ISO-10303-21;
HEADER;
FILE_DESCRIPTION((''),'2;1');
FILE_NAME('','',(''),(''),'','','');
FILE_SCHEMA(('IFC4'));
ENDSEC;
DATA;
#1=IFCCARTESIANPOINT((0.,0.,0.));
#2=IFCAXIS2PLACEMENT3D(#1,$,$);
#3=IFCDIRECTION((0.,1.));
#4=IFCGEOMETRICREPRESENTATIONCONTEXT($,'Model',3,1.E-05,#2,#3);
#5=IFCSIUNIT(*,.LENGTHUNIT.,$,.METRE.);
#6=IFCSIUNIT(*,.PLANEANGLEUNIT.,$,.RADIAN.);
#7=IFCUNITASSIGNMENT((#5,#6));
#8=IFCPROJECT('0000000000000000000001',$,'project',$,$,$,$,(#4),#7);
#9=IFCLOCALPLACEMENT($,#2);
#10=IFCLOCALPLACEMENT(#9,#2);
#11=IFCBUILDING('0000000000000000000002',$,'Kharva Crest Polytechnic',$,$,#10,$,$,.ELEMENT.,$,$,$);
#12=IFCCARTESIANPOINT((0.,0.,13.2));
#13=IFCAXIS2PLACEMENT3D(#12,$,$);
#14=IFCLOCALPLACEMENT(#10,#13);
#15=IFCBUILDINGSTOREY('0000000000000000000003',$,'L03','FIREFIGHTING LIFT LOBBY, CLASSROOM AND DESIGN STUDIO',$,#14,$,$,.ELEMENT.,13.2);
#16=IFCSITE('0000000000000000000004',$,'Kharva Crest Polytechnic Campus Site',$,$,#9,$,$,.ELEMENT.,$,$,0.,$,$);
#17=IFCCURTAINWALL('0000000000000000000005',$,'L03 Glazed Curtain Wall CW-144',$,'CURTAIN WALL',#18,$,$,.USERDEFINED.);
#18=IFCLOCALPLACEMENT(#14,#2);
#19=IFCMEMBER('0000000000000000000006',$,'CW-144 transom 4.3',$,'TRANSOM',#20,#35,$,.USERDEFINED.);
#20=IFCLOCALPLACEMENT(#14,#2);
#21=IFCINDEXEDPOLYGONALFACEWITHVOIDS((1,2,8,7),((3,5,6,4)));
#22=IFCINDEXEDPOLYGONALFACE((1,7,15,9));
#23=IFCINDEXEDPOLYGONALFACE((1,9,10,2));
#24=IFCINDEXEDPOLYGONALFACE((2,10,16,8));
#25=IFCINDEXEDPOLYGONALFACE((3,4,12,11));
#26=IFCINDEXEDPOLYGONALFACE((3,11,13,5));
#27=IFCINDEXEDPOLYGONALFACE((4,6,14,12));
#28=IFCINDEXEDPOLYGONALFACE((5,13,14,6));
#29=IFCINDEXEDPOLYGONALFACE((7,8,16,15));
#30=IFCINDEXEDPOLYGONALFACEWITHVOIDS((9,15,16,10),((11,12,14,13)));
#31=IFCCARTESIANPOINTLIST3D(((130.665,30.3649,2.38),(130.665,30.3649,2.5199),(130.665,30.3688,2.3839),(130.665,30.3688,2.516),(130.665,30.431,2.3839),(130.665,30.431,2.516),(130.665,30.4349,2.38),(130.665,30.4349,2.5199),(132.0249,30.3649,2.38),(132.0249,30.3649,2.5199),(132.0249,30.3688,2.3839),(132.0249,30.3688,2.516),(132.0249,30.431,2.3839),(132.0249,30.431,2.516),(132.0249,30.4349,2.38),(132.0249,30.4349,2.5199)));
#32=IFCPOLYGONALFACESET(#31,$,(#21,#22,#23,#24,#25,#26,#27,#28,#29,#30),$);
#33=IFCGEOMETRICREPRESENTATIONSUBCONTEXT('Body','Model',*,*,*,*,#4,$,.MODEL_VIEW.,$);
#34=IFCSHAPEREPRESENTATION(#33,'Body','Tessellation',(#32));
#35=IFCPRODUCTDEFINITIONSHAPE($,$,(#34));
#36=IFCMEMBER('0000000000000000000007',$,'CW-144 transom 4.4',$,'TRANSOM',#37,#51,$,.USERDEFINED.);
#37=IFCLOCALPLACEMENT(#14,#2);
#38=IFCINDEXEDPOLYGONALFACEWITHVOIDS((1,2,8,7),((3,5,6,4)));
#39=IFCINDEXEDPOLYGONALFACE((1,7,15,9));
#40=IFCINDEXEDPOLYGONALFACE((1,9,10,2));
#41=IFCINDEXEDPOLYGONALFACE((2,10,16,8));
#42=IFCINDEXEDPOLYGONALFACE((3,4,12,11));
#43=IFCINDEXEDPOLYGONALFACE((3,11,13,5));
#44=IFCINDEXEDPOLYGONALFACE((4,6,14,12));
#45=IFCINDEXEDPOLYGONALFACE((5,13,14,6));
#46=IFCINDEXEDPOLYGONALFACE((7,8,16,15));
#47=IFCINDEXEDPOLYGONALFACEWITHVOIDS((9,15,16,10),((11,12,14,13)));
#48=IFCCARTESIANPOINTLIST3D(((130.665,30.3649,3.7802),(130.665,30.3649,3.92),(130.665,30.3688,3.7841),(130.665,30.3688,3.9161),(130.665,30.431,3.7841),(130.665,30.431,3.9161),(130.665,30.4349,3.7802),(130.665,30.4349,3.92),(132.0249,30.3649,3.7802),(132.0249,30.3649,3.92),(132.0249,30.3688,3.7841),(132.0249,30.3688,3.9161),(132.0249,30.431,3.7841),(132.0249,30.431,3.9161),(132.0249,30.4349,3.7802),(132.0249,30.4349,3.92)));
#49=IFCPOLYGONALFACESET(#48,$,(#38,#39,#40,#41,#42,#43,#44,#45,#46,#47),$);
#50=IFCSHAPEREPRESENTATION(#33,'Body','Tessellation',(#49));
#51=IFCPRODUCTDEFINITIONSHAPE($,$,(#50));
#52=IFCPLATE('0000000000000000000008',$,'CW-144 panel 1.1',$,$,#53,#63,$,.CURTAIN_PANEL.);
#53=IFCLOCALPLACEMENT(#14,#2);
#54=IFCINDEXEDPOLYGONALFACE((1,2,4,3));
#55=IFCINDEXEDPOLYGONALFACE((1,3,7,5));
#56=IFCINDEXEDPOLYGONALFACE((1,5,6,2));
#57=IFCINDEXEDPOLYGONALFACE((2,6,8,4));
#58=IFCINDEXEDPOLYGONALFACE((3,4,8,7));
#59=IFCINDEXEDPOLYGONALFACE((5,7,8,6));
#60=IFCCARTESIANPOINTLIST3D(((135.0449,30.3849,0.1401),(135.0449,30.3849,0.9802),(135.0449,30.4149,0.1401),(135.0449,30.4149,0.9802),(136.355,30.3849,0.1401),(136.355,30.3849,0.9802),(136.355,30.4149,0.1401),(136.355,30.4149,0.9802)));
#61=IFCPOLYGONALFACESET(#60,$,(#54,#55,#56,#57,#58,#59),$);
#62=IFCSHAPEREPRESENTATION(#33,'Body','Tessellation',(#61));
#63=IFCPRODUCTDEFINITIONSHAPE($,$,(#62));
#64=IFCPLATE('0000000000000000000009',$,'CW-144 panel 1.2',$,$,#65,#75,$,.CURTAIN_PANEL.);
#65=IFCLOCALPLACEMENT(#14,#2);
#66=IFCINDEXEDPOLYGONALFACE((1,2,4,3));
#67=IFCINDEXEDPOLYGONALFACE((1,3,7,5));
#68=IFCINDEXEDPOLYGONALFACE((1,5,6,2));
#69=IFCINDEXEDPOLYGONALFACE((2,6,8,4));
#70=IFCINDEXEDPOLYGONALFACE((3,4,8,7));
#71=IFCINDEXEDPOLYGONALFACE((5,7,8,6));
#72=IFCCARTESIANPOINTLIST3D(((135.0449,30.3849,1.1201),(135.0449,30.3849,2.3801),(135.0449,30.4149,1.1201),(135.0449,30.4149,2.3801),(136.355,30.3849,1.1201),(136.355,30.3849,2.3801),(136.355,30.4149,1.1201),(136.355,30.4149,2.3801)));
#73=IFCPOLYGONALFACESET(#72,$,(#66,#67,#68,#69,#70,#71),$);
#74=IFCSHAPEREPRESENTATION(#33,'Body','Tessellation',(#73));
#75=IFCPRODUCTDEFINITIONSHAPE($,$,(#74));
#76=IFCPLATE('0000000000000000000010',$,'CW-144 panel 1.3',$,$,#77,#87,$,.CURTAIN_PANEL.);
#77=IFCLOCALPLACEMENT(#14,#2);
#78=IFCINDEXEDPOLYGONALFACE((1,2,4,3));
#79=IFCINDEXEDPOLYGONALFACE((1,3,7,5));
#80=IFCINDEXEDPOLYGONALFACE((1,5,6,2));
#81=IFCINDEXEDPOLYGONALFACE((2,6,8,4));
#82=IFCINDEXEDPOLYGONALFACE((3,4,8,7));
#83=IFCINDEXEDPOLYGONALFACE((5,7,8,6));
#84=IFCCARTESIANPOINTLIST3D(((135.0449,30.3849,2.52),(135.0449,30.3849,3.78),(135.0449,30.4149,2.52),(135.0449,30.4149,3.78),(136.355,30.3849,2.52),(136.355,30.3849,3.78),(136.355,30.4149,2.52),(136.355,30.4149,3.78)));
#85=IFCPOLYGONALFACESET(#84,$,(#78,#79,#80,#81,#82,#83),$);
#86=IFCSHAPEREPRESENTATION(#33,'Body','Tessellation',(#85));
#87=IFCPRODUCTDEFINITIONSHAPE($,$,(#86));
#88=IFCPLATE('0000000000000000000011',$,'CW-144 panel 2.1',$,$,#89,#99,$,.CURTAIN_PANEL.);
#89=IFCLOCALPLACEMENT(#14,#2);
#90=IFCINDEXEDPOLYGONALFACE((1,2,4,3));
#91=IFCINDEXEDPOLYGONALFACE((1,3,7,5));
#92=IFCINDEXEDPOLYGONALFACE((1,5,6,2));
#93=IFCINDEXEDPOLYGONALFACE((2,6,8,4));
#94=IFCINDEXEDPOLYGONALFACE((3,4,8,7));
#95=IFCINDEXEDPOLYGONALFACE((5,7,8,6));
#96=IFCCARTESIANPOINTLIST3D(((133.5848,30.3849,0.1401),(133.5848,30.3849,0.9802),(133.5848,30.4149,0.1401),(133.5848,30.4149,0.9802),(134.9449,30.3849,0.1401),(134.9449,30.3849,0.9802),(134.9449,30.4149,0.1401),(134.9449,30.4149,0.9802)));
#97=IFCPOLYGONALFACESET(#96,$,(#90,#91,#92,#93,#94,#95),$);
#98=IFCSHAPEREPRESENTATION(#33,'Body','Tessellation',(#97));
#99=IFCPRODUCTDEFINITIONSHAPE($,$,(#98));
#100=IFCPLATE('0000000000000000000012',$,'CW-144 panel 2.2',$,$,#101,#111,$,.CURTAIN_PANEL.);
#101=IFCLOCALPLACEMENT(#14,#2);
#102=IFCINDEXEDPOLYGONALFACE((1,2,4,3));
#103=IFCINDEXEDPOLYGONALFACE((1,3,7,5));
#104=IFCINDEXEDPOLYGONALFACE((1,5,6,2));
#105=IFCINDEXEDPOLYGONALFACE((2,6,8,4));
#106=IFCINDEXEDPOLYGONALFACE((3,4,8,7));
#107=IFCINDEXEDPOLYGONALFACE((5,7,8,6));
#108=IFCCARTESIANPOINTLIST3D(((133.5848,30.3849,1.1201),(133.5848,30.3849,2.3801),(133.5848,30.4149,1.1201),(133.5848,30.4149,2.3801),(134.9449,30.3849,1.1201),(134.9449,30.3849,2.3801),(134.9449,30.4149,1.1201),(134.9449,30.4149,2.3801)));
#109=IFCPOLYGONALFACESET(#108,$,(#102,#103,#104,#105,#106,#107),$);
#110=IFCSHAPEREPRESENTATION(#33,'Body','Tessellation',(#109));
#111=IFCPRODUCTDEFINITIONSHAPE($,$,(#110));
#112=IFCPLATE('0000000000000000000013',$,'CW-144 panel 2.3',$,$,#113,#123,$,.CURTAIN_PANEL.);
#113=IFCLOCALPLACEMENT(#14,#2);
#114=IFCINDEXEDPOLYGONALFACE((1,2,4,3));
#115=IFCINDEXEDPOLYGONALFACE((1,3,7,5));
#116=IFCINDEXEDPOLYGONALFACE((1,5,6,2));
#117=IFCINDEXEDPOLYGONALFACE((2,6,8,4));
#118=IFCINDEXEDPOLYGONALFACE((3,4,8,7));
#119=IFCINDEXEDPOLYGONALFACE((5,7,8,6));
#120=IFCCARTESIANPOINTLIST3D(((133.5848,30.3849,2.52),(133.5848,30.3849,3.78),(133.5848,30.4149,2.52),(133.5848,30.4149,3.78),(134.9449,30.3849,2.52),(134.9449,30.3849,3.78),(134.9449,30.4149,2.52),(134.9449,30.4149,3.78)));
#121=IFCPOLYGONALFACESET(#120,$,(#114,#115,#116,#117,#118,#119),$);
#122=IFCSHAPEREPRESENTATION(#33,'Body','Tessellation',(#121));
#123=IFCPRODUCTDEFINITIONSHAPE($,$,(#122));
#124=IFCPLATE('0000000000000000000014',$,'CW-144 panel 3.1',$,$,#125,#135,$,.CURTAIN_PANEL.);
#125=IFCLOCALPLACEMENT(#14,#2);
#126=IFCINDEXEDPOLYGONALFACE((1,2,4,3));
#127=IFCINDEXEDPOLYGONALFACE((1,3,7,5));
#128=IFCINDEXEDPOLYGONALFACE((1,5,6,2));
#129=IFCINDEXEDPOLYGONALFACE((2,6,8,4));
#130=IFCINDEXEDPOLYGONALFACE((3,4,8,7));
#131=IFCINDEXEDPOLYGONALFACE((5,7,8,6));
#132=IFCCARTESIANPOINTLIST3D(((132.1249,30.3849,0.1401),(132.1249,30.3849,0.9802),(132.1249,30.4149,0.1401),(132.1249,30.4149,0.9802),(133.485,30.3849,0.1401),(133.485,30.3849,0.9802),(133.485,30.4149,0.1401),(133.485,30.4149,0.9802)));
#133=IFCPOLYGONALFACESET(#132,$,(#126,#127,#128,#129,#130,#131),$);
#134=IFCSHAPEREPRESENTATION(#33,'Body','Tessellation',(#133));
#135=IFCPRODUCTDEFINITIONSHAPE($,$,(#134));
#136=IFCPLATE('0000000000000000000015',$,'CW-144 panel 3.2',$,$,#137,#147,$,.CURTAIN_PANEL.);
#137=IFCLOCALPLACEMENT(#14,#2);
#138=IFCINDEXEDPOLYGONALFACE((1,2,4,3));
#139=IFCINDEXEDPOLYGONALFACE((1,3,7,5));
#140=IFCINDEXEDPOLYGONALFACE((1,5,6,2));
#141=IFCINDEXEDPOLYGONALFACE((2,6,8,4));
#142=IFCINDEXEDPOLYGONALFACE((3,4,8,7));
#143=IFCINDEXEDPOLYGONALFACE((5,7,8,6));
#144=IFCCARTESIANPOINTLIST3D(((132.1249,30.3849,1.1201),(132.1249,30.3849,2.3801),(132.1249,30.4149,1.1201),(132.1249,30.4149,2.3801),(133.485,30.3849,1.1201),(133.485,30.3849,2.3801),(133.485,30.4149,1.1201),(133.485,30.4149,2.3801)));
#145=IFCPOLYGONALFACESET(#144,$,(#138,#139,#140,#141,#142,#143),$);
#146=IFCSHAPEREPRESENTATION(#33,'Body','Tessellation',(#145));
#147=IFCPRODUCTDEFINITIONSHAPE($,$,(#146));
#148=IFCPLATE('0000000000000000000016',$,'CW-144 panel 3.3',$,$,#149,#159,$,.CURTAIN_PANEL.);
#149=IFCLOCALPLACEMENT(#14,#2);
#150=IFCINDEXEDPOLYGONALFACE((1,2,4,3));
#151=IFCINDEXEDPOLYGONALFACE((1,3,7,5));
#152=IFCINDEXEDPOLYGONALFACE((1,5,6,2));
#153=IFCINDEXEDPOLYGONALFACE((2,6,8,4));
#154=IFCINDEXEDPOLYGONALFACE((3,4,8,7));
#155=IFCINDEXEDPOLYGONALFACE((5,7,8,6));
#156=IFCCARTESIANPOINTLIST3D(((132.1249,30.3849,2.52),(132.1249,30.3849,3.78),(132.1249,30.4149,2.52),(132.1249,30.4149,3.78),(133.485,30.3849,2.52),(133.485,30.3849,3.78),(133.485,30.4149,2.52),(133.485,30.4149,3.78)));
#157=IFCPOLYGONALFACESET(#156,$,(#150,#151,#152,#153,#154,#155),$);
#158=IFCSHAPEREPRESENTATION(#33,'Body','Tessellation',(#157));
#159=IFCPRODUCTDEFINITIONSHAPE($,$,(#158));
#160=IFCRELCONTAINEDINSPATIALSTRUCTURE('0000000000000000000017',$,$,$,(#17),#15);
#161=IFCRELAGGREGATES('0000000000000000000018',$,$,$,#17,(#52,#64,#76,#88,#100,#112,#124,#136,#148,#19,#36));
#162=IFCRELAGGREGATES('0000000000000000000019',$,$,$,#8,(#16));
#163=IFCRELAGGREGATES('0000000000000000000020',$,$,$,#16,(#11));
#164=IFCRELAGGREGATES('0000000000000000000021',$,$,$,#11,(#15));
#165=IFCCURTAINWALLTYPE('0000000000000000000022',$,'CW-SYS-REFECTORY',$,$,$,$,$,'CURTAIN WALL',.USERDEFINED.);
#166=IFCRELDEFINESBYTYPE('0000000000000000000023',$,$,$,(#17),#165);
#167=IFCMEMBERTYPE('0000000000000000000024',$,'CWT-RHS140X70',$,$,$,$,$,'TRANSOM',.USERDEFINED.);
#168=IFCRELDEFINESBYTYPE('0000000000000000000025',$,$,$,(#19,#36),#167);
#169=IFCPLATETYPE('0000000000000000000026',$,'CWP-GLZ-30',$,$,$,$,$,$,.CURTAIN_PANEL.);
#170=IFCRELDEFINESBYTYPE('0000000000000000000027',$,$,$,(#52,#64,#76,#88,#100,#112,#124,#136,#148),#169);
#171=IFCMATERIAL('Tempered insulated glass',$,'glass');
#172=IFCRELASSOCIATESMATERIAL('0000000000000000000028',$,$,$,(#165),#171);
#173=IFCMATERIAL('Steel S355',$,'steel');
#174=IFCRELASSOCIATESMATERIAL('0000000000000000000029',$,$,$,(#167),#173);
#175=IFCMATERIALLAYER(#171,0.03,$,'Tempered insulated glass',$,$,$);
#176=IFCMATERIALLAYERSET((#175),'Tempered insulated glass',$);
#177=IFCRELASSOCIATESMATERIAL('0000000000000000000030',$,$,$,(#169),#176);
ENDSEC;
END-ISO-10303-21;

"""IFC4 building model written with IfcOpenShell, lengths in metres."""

from ifc_helpers import new_model, si_unit, direction, frame, origin, origin_2d, place, context, subcontext, project, spatial, rectangle, hollow_rectangle, extrude, material, layer, layer_set, material_profile, profile_set, type_object, element, aggregate, save


model = new_model("IFC4")

# Units and contexts
model_context = context("Model", 3, precision=1e-05, world=origin(), true_north=direction((0.0, 1.0)))
body_context = subcontext(model_context, "Body", "Model", "MODEL_VIEW")
ifc_project = project(units=[si_unit("LENGTHUNIT", "METRE"), si_unit("PLANEANGLEUNIT", "RADIAN")], contexts=[model_context])

# Site, building, storey
site_placement = place(None, origin())
site = spatial("IfcSite", under=ifc_project, at=site_placement, Name="Kharva Crest Polytechnic Campus Site", CompositionType="ELEMENT", RefElevation=0.0)
building_placement = place(site_placement, origin())
building = spatial("IfcBuilding", under=site, at=building_placement, Name="Kharva Crest Polytechnic", CompositionType="ELEMENT")
storey_placement = place(building_placement, frame((0.0, 0.0, 13.2)))
storey = spatial("IfcBuildingStorey", under=building, at=storey_placement, Name="L03", Description="FIREFIGHTING LIFT LOBBY, CLASSROOM AND DESIGN STUDIO", CompositionType="ELEMENT", Elevation=13.2)

# Curtain wall, members, plates
ifc_material_1 = material(Name="Tempered insulated glass", Category="glass")
curtain_wall_type = type_object("IfcCurtainWallType", Name="CW-SYS-REFECTORY", ElementType="CURTAIN WALL", PredefinedType="USERDEFINED", material=ifc_material_1)
curtain_wall_placement = place(storey_placement, origin())
curtain_wall = element("IfcCurtainWall", 1, at=curtain_wall_placement, inside=storey, type_object=curtain_wall_type, Name="L03 Glazed Curtain Wall CW-144", ObjectType="CURTAIN WALL", PredefinedType="USERDEFINED")
ifc_material_2 = material(Name="Steel S355", Category="steel")
ifc_material_profile_1 = material_profile(ifc_material_2, hollow_rectangle(XDim=0.0701, YDim=0.1399, WallThickness=0.0039, at=origin_2d()), Name="RHS 140X70X4.0")
ifc_profile_set_1 = profile_set([ifc_material_profile_1], Name="Steel S355")
member_type_1 = type_object("IfcMemberType", Name="CWT-RHS140X70", ElementType="TRANSOM", PredefinedType="USERDEFINED", material=ifc_profile_set_1)
member_1_placement = place(storey_placement, frame((132.0249, 30.3999, 2.45), z_axis=(-1.0, 0.0, 0.0), x_axis=(0.0, -1.0, 0.0)))
member_1 = element("IfcMember", 2, at=member_1_placement, type_object=member_type_1, Name="CW-144 transom 4.3", ObjectType="TRANSOM", PredefinedType="USERDEFINED", context=body_context, shape_type="SweptSolid", body=[
    extrude(hollow_rectangle(XDim=0.0701, YDim=0.1399, WallThickness=0.0039, at=origin_2d()), origin(), (0.0, 0.0, 1.0), 1.3599),
])
member_2_placement = place(storey_placement, frame((132.0249, 30.3999, 3.8501), z_axis=(-1.0, 0.0, 0.0), x_axis=(0.0, -1.0, 0.0)))
member_2 = element("IfcMember", 3, at=member_2_placement, type_object=member_type_1, Name="CW-144 transom 4.4", ObjectType="TRANSOM", PredefinedType="USERDEFINED", context=body_context, shape_type="SweptSolid", body=[
    extrude(hollow_rectangle(XDim=0.0701, YDim=0.1399, WallThickness=0.0039, at=origin_2d()), origin(), (0.0, 0.0, 1.0), 1.3599),
])
ifc_layer = layer(ifc_material_1, 0.03, Name="Tempered insulated glass")
ifc_layer_set = layer_set([ifc_layer], Name="Tempered insulated glass")
plate_type = type_object("IfcPlateType", Name="CWP-GLZ-30", PredefinedType="CURTAIN_PANEL", material=ifc_layer_set)
plate_1_placement = place(storey_placement, frame((135.7, 30.3999, 0.1401), z_axis=(0.0, 0.0, 1.0), x_axis=(-1.0, 0.0, 0.0)))
plate_1 = element("IfcPlate", 4, at=plate_1_placement, type_object=plate_type, Name="CW-144 panel 1.1", PredefinedType="CURTAIN_PANEL", context=body_context, shape_type="SweptSolid", body=[
    extrude(rectangle(XDim=1.3101, YDim=0.03, at=origin_2d()), origin(), (0.0, 0.0, 1.0), 0.8401),
])
plate_2_placement = place(storey_placement, frame((135.7, 30.3999, 1.1201), z_axis=(0.0, 0.0, 1.0), x_axis=(-1.0, 0.0, 0.0)))
plate_2 = element("IfcPlate", 5, at=plate_2_placement, type_object=plate_type, Name="CW-144 panel 1.2", PredefinedType="CURTAIN_PANEL", context=body_context, shape_type="SweptSolid", body=[
    extrude(rectangle(XDim=1.3101, YDim=0.03, at=origin_2d()), origin(), (0.0, 0.0, 1.0), 1.26),
])
plate_3_placement = place(storey_placement, frame((135.7, 30.3999, 2.52), z_axis=(0.0, 0.0, 1.0), x_axis=(-1.0, 0.0, 0.0)))
plate_3 = element("IfcPlate", 6, at=plate_3_placement, type_object=plate_type, Name="CW-144 panel 1.3", PredefinedType="CURTAIN_PANEL", context=body_context, shape_type="SweptSolid", body=[
    extrude(rectangle(XDim=1.3101, YDim=0.03, at=origin_2d()), origin(), (0.0, 0.0, 1.0), 1.26),
])
plate_4_placement = place(storey_placement, frame((134.2649, 30.3999, 0.1401), z_axis=(0.0, 0.0, 1.0), x_axis=(-1.0, 0.0, 0.0)))
plate_4 = element("IfcPlate", 7, at=plate_4_placement, type_object=plate_type, Name="CW-144 panel 2.1", PredefinedType="CURTAIN_PANEL", context=body_context, shape_type="SweptSolid", body=[
    extrude(rectangle(XDim=1.3601, YDim=0.03, at=origin_2d()), origin(), (0.0, 0.0, 1.0), 0.8401),
])
plate_5_placement = place(storey_placement, frame((134.2649, 30.3999, 1.1201), z_axis=(0.0, 0.0, 1.0), x_axis=(-1.0, 0.0, 0.0)))
plate_5 = element("IfcPlate", 8, at=plate_5_placement, type_object=plate_type, Name="CW-144 panel 2.2", PredefinedType="CURTAIN_PANEL", context=body_context, shape_type="SweptSolid", body=[
    extrude(rectangle(XDim=1.3601, YDim=0.03, at=origin_2d()), origin(), (0.0, 0.0, 1.0), 1.26),
])
plate_6_placement = place(storey_placement, frame((134.2649, 30.3999, 2.52), z_axis=(0.0, 0.0, 1.0), x_axis=(-1.0, 0.0, 0.0)))
plate_6 = element("IfcPlate", 9, at=plate_6_placement, type_object=plate_type, Name="CW-144 panel 2.3", PredefinedType="CURTAIN_PANEL", context=body_context, shape_type="SweptSolid", body=[
    extrude(rectangle(XDim=1.3601, YDim=0.03, at=origin_2d()), origin(), (0.0, 0.0, 1.0), 1.26),
])
plate_7_placement = place(storey_placement, frame((132.8049, 30.3999, 0.1401), z_axis=(0.0, 0.0, 1.0), x_axis=(-1.0, 0.0, 0.0)))
plate_7 = element("IfcPlate", 10, at=plate_7_placement, type_object=plate_type, Name="CW-144 panel 3.1", PredefinedType="CURTAIN_PANEL", context=body_context, shape_type="SweptSolid", body=[
    extrude(rectangle(XDim=1.3601, YDim=0.03, at=origin_2d()), origin(), (0.0, 0.0, 1.0), 0.8401),
])
plate_8_placement = place(storey_placement, frame((132.8049, 30.3999, 1.1201), z_axis=(0.0, 0.0, 1.0), x_axis=(-1.0, 0.0, 0.0)))
plate_8 = element("IfcPlate", 11, at=plate_8_placement, type_object=plate_type, Name="CW-144 panel 3.2", PredefinedType="CURTAIN_PANEL", context=body_context, shape_type="SweptSolid", body=[
    extrude(rectangle(XDim=1.3601, YDim=0.03, at=origin_2d()), origin(), (0.0, 0.0, 1.0), 1.26),
])
plate_9_placement = place(storey_placement, frame((132.8049, 30.3999, 2.52), z_axis=(0.0, 0.0, 1.0), x_axis=(-1.0, 0.0, 0.0)))
plate_9 = element("IfcPlate", 12, at=plate_9_placement, type_object=plate_type, Name="CW-144 panel 3.3", PredefinedType="CURTAIN_PANEL", context=body_context, shape_type="SweptSolid", body=[
    extrude(rectangle(XDim=1.3601, YDim=0.03, at=origin_2d()), origin(), (0.0, 0.0, 1.0), 1.26),
])
aggregate(curtain_wall, [plate_1, plate_2, plate_3, plate_4, plate_5, plate_6, plate_7, plate_8, plate_9, member_1, member_2])

save(model, "model.ifc")
